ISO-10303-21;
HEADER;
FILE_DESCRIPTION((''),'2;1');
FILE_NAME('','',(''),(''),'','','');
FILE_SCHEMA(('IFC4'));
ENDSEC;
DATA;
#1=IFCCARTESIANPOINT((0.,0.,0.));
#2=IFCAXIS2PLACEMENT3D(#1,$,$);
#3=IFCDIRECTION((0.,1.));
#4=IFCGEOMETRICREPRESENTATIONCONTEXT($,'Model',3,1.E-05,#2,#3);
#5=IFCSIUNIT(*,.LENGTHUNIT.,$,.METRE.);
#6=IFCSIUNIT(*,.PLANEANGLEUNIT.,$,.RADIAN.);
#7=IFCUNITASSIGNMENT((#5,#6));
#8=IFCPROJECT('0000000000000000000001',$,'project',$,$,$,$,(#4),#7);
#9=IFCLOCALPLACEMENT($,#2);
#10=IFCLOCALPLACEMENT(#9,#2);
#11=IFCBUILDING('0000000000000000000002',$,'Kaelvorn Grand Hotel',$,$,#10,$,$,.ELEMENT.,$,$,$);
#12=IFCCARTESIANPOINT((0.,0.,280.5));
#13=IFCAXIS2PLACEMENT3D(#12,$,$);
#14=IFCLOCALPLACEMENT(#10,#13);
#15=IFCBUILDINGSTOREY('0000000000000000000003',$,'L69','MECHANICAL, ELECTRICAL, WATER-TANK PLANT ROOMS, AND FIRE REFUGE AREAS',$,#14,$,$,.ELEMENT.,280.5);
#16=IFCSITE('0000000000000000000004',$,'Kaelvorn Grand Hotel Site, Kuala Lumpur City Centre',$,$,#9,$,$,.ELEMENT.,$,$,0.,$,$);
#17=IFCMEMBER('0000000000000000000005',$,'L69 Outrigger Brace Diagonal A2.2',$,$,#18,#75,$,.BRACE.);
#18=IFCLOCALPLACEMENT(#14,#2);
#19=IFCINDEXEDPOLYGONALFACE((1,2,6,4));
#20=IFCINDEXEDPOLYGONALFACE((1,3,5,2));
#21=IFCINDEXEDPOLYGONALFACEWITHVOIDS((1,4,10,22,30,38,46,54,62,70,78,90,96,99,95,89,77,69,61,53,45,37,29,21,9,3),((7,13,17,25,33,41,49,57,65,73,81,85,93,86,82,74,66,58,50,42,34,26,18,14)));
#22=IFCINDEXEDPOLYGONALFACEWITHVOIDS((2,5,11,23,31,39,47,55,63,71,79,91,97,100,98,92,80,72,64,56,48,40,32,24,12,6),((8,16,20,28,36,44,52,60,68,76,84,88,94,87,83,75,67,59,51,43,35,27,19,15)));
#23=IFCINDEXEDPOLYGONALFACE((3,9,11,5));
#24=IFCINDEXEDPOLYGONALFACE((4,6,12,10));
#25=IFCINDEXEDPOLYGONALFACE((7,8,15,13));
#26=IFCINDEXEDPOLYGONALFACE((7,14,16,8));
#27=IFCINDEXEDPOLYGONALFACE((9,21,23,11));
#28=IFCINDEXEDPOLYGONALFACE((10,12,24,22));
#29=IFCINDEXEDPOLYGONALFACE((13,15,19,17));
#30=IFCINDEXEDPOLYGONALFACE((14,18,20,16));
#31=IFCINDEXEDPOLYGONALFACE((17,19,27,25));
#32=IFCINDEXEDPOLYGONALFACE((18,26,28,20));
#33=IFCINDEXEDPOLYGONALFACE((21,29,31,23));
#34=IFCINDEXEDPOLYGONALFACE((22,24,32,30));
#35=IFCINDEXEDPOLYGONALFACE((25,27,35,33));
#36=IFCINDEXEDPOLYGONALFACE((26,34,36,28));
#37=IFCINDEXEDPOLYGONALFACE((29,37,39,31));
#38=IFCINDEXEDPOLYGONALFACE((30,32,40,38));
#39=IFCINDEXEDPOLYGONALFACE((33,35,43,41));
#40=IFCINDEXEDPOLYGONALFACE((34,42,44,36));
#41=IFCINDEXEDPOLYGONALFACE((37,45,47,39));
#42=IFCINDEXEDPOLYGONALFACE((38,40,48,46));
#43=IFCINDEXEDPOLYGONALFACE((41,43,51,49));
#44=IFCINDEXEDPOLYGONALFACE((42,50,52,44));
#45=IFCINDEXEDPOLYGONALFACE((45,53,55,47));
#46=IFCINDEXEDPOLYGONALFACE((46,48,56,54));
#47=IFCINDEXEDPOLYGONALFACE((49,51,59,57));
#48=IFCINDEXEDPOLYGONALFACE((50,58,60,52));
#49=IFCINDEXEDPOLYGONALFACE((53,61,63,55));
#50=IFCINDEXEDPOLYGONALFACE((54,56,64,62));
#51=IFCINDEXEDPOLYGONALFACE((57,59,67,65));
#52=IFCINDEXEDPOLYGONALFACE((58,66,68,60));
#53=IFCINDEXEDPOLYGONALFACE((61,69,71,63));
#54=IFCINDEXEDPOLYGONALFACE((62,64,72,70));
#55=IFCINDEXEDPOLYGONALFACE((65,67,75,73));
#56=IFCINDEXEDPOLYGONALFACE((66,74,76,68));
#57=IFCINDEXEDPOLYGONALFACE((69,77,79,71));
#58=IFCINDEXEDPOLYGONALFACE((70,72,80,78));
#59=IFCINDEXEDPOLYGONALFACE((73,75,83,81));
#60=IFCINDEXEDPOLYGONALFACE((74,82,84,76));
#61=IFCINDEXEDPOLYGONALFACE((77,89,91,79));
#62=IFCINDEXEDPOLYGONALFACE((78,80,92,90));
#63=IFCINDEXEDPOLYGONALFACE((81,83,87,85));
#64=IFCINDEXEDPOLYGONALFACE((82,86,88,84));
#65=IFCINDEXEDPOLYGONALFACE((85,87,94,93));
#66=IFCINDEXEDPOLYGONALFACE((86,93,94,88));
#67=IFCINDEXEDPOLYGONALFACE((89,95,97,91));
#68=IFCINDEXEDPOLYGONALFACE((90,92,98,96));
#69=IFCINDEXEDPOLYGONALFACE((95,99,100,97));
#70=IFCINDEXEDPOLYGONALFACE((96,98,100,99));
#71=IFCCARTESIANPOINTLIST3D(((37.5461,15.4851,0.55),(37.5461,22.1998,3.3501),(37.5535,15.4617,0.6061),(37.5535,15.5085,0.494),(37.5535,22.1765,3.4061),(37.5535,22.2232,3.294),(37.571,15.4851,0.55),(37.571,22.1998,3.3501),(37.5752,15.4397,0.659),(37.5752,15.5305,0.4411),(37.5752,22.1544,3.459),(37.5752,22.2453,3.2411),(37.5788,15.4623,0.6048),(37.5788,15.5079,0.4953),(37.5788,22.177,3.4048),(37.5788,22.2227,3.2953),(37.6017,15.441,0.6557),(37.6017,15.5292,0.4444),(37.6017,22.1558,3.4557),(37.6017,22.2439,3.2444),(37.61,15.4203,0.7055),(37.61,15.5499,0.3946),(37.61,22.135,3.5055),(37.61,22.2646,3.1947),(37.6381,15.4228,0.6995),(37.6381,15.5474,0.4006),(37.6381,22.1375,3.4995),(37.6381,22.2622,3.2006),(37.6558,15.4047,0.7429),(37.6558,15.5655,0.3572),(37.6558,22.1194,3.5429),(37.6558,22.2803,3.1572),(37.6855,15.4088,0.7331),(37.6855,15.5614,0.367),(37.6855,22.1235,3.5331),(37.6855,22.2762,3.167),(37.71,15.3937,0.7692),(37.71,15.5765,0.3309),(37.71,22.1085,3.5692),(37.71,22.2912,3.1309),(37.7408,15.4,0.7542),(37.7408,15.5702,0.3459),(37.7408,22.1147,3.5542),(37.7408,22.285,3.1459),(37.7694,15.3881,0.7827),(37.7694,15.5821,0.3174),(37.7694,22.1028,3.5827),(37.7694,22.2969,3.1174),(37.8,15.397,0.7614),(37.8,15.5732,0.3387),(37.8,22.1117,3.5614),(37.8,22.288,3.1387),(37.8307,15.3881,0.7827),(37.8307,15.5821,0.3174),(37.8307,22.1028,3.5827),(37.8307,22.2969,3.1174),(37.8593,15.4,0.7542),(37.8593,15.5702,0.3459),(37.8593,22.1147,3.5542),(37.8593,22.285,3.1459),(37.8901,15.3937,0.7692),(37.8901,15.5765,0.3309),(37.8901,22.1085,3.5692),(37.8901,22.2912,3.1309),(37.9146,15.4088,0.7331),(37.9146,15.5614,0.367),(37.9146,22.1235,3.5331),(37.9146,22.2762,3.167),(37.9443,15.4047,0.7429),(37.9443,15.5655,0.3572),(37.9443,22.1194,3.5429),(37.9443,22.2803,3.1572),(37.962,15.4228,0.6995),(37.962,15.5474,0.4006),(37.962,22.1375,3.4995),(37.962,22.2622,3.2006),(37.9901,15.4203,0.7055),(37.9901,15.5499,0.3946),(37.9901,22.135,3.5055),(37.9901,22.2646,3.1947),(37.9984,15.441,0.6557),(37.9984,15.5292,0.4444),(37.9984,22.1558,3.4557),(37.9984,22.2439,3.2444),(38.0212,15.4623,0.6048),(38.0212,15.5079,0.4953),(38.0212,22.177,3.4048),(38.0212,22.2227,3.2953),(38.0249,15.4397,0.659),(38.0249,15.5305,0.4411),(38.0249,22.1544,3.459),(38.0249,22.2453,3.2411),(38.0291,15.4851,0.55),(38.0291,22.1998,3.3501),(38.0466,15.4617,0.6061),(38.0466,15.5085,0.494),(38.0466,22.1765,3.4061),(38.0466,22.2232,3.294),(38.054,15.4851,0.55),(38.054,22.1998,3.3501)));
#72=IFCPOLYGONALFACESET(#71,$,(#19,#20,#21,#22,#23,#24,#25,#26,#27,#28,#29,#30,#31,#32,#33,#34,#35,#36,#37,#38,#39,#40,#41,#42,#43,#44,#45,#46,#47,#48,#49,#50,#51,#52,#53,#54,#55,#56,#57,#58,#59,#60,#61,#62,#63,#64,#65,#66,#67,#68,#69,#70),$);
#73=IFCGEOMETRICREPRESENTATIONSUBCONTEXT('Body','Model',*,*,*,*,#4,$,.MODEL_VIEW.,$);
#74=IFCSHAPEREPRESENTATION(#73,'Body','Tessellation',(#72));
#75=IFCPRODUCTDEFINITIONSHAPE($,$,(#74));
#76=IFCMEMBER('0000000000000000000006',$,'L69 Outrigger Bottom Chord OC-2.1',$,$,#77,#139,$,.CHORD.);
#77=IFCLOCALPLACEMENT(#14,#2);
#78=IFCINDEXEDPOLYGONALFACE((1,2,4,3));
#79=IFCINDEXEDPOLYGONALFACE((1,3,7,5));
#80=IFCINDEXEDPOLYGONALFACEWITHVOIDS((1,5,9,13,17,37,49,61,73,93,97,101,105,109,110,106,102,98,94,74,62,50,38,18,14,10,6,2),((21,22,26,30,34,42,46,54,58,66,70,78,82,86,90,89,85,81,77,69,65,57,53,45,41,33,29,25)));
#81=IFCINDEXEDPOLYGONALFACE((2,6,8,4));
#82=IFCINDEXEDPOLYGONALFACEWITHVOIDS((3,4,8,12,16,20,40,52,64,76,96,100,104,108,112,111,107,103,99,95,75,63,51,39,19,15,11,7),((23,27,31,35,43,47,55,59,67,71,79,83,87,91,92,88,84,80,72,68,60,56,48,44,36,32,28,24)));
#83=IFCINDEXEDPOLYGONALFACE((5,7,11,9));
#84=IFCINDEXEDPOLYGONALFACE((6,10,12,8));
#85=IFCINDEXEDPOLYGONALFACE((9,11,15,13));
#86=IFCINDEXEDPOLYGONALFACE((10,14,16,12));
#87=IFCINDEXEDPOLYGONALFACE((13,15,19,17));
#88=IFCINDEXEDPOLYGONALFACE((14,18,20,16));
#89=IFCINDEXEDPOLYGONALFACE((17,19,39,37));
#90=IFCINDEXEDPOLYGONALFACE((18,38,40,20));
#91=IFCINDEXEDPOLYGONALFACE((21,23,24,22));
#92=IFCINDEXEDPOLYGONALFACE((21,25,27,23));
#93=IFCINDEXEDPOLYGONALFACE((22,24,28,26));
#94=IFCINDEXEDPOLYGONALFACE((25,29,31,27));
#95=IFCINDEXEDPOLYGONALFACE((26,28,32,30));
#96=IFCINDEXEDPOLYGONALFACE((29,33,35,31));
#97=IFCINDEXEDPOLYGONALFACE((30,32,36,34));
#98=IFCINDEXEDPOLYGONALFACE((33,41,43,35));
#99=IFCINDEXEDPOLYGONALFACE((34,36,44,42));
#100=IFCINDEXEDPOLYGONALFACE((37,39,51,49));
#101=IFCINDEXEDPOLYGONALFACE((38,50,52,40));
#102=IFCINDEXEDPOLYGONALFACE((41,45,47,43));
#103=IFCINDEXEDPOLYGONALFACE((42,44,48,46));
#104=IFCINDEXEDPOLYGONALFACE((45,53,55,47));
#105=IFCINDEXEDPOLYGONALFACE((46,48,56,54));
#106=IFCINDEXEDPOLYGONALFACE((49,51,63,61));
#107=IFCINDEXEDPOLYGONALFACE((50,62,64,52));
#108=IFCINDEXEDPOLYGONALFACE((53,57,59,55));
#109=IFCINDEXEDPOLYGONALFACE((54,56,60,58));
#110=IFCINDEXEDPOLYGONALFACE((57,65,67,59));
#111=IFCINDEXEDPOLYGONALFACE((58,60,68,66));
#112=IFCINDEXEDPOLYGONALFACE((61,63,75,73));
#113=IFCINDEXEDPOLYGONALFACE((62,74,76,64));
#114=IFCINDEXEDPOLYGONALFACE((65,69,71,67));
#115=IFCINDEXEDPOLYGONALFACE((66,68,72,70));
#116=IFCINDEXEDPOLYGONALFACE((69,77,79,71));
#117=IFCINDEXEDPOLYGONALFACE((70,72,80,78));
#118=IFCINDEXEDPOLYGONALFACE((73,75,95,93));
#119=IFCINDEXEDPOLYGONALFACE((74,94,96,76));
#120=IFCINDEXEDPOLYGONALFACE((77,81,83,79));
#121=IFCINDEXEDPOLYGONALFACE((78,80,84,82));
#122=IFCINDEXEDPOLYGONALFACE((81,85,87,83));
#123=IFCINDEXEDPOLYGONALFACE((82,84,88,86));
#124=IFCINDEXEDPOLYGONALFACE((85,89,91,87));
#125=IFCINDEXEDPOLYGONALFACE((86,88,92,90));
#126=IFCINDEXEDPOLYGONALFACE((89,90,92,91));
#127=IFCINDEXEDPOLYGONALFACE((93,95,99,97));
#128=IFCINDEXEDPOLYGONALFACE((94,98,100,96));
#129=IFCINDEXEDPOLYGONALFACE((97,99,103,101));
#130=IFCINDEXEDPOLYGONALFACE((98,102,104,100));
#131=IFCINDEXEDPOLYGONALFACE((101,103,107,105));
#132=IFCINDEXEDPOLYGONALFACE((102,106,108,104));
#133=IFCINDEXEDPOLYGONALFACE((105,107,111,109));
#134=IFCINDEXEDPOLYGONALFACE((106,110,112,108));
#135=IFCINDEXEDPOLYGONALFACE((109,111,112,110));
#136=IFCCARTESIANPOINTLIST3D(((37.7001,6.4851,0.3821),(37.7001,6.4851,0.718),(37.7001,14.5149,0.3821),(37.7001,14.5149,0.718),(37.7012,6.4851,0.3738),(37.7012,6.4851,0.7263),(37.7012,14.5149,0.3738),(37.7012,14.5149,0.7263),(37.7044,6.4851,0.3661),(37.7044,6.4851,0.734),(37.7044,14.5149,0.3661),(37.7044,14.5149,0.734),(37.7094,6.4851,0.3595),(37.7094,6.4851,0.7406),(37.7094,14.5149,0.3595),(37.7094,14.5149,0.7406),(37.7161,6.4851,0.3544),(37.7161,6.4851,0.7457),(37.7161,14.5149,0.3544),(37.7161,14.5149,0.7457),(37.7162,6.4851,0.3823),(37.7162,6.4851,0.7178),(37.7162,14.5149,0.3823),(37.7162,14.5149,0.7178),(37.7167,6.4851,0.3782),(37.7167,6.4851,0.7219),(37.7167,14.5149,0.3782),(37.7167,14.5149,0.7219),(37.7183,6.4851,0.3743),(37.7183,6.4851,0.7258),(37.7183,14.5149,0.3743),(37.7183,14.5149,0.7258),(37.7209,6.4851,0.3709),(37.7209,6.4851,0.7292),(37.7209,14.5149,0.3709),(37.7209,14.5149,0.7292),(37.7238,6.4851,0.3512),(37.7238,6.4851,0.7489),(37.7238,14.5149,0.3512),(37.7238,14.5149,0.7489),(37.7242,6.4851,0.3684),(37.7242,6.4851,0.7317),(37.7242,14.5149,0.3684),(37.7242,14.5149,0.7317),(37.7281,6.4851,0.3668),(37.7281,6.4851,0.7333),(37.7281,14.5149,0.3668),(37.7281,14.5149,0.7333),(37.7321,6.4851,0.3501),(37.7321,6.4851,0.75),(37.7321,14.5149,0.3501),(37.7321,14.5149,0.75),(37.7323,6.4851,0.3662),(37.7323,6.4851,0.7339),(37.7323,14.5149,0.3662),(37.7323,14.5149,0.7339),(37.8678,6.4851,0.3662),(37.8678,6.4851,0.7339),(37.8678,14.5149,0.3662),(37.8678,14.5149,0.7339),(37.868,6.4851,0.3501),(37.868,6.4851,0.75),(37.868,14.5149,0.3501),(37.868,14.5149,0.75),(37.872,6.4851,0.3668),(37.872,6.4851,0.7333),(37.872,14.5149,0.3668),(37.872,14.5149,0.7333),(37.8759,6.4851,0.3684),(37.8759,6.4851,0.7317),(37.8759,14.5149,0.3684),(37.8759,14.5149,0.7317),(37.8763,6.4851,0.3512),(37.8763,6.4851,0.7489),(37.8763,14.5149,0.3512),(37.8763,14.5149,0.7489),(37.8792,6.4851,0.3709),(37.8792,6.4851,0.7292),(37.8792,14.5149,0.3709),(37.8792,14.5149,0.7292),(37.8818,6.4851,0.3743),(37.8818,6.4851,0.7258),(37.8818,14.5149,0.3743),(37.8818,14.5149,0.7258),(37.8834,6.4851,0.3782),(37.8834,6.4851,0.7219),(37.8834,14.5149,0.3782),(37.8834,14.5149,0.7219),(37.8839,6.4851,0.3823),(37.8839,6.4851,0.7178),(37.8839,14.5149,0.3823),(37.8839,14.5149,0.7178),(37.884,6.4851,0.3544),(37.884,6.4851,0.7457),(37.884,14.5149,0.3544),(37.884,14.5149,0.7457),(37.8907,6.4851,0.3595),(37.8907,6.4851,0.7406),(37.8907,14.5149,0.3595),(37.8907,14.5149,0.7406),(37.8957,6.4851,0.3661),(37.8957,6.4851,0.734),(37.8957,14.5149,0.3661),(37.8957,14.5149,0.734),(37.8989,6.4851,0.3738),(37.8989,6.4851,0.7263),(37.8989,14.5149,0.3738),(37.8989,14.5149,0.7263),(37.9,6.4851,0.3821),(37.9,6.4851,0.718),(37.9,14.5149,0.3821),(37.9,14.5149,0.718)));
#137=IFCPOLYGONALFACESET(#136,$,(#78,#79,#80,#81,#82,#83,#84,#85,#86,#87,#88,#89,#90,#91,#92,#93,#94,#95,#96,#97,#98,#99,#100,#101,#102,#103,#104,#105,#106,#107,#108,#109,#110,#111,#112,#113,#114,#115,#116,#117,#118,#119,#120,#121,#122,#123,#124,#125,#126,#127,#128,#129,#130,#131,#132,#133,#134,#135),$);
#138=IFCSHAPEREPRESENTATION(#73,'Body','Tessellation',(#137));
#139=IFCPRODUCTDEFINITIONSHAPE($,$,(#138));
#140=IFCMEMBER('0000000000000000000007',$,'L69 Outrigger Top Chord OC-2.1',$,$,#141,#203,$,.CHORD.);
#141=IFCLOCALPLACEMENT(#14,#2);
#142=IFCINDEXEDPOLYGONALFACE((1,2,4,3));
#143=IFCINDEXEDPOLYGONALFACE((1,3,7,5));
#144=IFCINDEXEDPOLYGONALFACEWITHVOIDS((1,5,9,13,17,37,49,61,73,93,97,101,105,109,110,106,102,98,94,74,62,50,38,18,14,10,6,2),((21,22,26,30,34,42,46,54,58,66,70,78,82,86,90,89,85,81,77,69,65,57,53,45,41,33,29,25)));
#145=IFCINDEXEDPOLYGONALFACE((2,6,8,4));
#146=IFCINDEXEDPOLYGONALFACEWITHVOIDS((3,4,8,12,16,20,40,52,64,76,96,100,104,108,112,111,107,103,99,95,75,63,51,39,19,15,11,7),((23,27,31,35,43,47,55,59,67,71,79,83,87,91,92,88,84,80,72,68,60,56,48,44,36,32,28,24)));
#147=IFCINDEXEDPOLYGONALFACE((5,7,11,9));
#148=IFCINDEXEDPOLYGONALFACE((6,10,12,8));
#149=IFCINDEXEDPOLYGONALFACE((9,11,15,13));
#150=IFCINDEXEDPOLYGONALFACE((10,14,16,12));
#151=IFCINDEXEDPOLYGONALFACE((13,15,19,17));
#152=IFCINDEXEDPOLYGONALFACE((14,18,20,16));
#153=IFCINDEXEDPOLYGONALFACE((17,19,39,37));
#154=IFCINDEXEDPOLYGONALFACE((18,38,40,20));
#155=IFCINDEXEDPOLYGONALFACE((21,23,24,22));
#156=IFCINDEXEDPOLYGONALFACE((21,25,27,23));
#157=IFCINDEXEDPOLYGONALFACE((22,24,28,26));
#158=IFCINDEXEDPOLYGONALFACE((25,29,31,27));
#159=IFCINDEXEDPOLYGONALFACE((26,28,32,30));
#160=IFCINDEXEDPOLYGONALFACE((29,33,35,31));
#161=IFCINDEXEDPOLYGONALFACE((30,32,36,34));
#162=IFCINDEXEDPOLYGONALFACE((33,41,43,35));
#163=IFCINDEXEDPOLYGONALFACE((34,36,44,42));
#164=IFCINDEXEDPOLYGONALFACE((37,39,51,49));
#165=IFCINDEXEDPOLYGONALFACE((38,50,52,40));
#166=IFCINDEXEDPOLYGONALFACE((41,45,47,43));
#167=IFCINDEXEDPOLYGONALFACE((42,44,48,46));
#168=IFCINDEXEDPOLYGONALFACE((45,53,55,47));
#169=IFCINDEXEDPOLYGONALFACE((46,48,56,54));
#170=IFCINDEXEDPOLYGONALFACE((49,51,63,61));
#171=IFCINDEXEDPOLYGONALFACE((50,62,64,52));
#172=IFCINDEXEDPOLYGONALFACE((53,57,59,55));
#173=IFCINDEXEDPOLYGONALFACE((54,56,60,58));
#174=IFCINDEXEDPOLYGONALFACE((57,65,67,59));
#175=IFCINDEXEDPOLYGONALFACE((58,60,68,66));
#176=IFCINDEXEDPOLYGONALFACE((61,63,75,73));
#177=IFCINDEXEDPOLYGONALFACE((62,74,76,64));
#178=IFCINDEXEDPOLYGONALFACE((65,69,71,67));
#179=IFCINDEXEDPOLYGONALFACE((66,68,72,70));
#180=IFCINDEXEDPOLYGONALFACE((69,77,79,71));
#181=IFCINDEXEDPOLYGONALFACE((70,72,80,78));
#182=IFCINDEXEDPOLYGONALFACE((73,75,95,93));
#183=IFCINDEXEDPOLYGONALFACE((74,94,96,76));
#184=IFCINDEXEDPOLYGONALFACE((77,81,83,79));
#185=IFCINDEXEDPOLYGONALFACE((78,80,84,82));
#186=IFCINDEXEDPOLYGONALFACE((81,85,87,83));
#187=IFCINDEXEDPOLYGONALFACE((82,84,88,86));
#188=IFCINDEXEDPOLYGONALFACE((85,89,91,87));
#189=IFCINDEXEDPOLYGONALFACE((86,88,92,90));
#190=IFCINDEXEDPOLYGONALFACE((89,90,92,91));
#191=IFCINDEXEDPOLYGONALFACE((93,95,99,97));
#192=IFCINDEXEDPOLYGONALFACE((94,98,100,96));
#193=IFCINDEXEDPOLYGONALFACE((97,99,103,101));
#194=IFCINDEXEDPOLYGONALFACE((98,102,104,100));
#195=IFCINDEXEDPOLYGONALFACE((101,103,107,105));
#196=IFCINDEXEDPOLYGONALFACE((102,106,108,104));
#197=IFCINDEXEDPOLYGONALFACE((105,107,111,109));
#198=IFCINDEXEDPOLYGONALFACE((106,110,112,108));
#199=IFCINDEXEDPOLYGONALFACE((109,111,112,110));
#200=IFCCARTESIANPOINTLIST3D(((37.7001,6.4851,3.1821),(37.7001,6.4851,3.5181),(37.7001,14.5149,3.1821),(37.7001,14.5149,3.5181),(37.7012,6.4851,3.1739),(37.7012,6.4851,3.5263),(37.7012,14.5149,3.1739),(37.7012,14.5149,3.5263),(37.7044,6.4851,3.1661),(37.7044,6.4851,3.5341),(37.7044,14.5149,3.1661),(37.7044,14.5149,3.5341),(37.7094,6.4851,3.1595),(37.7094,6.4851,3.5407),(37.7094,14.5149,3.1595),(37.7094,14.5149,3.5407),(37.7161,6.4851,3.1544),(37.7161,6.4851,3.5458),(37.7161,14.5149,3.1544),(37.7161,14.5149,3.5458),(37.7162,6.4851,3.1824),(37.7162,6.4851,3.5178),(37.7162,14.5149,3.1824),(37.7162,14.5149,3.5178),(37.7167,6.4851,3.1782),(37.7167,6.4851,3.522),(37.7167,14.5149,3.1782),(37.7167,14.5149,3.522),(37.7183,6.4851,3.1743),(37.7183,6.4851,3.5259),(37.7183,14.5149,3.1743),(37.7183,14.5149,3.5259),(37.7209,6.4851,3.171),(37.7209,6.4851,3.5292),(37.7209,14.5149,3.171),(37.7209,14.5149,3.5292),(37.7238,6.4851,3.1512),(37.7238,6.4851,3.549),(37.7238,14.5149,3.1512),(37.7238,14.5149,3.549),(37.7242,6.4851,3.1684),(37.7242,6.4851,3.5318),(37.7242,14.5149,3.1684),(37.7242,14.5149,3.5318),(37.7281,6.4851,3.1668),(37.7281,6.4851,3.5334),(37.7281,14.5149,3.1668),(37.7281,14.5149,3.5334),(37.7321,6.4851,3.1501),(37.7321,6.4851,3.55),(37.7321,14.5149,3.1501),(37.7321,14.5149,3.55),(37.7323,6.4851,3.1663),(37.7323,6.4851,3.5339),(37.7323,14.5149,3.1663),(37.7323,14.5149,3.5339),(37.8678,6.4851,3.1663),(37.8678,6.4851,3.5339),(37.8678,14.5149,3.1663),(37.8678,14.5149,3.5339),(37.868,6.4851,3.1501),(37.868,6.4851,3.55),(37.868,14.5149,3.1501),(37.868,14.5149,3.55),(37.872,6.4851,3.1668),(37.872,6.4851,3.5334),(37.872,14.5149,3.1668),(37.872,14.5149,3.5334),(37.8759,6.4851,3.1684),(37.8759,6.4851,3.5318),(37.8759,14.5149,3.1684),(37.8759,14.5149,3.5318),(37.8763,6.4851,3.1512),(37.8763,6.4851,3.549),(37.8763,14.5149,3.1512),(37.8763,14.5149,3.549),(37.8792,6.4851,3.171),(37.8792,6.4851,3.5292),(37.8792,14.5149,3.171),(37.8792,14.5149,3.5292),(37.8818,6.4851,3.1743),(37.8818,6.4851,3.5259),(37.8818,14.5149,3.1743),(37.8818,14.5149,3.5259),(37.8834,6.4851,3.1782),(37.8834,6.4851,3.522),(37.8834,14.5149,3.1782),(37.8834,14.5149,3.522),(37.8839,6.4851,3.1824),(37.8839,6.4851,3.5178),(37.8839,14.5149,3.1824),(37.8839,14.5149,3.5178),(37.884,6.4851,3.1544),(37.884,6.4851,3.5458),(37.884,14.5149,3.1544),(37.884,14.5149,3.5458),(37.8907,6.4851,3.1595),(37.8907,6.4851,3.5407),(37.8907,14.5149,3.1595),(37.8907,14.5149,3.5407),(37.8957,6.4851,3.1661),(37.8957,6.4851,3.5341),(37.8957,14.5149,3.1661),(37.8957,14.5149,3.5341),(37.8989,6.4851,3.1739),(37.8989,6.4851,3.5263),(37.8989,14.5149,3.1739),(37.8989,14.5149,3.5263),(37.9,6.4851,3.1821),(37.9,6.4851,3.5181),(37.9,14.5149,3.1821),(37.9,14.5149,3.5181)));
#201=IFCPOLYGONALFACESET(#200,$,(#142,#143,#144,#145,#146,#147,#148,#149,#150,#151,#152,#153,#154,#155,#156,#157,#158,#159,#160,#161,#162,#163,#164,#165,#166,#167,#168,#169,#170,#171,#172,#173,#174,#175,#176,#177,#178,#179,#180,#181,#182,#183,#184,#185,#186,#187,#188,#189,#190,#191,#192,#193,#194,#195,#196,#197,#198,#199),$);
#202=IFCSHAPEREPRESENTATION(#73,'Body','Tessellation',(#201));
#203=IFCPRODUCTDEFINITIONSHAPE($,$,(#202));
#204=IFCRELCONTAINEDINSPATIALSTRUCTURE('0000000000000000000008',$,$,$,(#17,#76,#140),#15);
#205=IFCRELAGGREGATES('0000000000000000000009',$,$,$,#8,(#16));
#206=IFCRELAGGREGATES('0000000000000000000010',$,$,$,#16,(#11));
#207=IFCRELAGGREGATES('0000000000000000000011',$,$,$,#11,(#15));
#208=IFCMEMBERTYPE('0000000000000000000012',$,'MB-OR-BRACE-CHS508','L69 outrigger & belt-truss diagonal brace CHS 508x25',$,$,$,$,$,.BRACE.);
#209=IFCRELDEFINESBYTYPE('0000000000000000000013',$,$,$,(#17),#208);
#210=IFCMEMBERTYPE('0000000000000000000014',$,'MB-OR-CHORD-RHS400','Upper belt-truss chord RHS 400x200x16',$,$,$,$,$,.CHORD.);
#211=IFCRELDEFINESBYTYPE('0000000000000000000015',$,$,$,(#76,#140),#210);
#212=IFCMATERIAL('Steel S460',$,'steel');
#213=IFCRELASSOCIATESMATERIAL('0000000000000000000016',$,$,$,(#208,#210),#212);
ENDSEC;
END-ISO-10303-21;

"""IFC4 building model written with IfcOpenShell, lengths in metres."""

from ifc_helpers import new_model, si_unit, direction, frame, origin, origin_2d, place, context, subcontext, project, spatial, hollow_rectangle, hollow_circle, extrude, material, material_profile, profile_set, type_object, element, save


model = new_model("IFC4")

# Units and contexts
model_context = context("Model", 3, precision=1e-05, world=origin(), true_north=direction((0.0, 1.0)))
body_context = subcontext(model_context, "Body", "Model", "MODEL_VIEW")
ifc_project = project(units=[si_unit("LENGTHUNIT", "METRE"), si_unit("PLANEANGLEUNIT", "RADIAN")], contexts=[model_context])

# Site, building, storey
site_placement = place(None, origin())
site = spatial("IfcSite", under=ifc_project, at=site_placement, Name="Kaelvorn Grand Hotel Site, Kuala Lumpur City Centre", CompositionType="ELEMENT", RefElevation=0.0)
building_placement = place(site_placement, origin())
building = spatial("IfcBuilding", under=site, at=building_placement, Name="Kaelvorn Grand Hotel", CompositionType="ELEMENT")
storey_placement = place(building_placement, frame((0.0, 0.0, 280.5)))
storey = spatial("IfcBuildingStorey", under=building, at=storey_placement, Name="L69", Description="MECHANICAL, ELECTRICAL, WATER-TANK PLANT ROOMS, AND FIRE REFUGE AREAS", CompositionType="ELEMENT", Elevation=280.5)

# Shared definitions
ifc_material_1 = material(Name="Steel S460", Category="steel")

# Members
ifc_material_profile_1 = material_profile(ifc_material_1, hollow_circle(Radius=0.2539, WallThickness=0.0249, at=origin_2d()), Name="CHS 508.0x25.0")
ifc_profile_set_1 = profile_set([ifc_material_profile_1], Name="Steel S460")
member_type_1 = type_object("IfcMemberType", Name="MB-OR-BRACE-CHS508", Description="L69 outrigger & belt-truss diagonal brace CHS 508x25", PredefinedType="BRACE", material=ifc_profile_set_1)
member_1_placement = place(storey_placement, frame((37.8, 15.4851, 0.55), z_axis=(0.0, 0.92297, 0.384873), x_axis=(-1.0, 0.0, 0.0)))
element("IfcMember", 1, at=member_1_placement, inside=storey, type_object=member_type_1, Name="L69 Outrigger Brace Diagonal A2.2", PredefinedType="BRACE", context=body_context, shape_type="SweptSolid", body=[
    extrude(hollow_circle(Radius=0.2539, WallThickness=0.0249, at=origin_2d()), origin(), (0.0, 0.0, 1.0), 7.2751),
])
ifc_material_profile_2 = material_profile(ifc_material_1, hollow_rectangle(XDim=0.2, YDim=0.3999, WallThickness=0.0161, InnerFilletRadius=0.0161, OuterFilletRadius=0.032, at=origin_2d()), Name="RHS 400x200x16.0")
ifc_profile_set_2 = profile_set([ifc_material_profile_2], Name="Steel S460")
member_type_2 = type_object("IfcMemberType", Name="MB-OR-CHORD-RHS400", Description="Upper belt-truss chord RHS 400x200x16", PredefinedType="CHORD", material=ifc_profile_set_2)
for number, where, z_axis, x_axis, name in (
    (2, (37.8, 6.4851, 0.55), (0.0, 1.0, 0.0), (-1.0, 0.0, 0.0), "L69 Outrigger Bottom Chord OC-2.1"),
    (3, (37.8, 6.4851, 3.3501), (0.0, 1.0, 0.0), (-1.0, 0.0, 0.0), "L69 Outrigger Top Chord OC-2.1"),
):
    element("IfcMember", number, at=place(storey_placement, frame(where, z_axis=z_axis, x_axis=x_axis)), inside=storey, type_object=member_type_2, Name=name, PredefinedType="CHORD", context=body_context, shape_type="SweptSolid", body=[
        extrude(hollow_rectangle(XDim=0.2, YDim=0.3999, WallThickness=0.0161, InnerFilletRadius=0.0161, OuterFilletRadius=0.032, at=origin_2d()), origin(), (0.0, 0.0, 1.0), 8.0298),
    ])

save(model, "model.ifc")
